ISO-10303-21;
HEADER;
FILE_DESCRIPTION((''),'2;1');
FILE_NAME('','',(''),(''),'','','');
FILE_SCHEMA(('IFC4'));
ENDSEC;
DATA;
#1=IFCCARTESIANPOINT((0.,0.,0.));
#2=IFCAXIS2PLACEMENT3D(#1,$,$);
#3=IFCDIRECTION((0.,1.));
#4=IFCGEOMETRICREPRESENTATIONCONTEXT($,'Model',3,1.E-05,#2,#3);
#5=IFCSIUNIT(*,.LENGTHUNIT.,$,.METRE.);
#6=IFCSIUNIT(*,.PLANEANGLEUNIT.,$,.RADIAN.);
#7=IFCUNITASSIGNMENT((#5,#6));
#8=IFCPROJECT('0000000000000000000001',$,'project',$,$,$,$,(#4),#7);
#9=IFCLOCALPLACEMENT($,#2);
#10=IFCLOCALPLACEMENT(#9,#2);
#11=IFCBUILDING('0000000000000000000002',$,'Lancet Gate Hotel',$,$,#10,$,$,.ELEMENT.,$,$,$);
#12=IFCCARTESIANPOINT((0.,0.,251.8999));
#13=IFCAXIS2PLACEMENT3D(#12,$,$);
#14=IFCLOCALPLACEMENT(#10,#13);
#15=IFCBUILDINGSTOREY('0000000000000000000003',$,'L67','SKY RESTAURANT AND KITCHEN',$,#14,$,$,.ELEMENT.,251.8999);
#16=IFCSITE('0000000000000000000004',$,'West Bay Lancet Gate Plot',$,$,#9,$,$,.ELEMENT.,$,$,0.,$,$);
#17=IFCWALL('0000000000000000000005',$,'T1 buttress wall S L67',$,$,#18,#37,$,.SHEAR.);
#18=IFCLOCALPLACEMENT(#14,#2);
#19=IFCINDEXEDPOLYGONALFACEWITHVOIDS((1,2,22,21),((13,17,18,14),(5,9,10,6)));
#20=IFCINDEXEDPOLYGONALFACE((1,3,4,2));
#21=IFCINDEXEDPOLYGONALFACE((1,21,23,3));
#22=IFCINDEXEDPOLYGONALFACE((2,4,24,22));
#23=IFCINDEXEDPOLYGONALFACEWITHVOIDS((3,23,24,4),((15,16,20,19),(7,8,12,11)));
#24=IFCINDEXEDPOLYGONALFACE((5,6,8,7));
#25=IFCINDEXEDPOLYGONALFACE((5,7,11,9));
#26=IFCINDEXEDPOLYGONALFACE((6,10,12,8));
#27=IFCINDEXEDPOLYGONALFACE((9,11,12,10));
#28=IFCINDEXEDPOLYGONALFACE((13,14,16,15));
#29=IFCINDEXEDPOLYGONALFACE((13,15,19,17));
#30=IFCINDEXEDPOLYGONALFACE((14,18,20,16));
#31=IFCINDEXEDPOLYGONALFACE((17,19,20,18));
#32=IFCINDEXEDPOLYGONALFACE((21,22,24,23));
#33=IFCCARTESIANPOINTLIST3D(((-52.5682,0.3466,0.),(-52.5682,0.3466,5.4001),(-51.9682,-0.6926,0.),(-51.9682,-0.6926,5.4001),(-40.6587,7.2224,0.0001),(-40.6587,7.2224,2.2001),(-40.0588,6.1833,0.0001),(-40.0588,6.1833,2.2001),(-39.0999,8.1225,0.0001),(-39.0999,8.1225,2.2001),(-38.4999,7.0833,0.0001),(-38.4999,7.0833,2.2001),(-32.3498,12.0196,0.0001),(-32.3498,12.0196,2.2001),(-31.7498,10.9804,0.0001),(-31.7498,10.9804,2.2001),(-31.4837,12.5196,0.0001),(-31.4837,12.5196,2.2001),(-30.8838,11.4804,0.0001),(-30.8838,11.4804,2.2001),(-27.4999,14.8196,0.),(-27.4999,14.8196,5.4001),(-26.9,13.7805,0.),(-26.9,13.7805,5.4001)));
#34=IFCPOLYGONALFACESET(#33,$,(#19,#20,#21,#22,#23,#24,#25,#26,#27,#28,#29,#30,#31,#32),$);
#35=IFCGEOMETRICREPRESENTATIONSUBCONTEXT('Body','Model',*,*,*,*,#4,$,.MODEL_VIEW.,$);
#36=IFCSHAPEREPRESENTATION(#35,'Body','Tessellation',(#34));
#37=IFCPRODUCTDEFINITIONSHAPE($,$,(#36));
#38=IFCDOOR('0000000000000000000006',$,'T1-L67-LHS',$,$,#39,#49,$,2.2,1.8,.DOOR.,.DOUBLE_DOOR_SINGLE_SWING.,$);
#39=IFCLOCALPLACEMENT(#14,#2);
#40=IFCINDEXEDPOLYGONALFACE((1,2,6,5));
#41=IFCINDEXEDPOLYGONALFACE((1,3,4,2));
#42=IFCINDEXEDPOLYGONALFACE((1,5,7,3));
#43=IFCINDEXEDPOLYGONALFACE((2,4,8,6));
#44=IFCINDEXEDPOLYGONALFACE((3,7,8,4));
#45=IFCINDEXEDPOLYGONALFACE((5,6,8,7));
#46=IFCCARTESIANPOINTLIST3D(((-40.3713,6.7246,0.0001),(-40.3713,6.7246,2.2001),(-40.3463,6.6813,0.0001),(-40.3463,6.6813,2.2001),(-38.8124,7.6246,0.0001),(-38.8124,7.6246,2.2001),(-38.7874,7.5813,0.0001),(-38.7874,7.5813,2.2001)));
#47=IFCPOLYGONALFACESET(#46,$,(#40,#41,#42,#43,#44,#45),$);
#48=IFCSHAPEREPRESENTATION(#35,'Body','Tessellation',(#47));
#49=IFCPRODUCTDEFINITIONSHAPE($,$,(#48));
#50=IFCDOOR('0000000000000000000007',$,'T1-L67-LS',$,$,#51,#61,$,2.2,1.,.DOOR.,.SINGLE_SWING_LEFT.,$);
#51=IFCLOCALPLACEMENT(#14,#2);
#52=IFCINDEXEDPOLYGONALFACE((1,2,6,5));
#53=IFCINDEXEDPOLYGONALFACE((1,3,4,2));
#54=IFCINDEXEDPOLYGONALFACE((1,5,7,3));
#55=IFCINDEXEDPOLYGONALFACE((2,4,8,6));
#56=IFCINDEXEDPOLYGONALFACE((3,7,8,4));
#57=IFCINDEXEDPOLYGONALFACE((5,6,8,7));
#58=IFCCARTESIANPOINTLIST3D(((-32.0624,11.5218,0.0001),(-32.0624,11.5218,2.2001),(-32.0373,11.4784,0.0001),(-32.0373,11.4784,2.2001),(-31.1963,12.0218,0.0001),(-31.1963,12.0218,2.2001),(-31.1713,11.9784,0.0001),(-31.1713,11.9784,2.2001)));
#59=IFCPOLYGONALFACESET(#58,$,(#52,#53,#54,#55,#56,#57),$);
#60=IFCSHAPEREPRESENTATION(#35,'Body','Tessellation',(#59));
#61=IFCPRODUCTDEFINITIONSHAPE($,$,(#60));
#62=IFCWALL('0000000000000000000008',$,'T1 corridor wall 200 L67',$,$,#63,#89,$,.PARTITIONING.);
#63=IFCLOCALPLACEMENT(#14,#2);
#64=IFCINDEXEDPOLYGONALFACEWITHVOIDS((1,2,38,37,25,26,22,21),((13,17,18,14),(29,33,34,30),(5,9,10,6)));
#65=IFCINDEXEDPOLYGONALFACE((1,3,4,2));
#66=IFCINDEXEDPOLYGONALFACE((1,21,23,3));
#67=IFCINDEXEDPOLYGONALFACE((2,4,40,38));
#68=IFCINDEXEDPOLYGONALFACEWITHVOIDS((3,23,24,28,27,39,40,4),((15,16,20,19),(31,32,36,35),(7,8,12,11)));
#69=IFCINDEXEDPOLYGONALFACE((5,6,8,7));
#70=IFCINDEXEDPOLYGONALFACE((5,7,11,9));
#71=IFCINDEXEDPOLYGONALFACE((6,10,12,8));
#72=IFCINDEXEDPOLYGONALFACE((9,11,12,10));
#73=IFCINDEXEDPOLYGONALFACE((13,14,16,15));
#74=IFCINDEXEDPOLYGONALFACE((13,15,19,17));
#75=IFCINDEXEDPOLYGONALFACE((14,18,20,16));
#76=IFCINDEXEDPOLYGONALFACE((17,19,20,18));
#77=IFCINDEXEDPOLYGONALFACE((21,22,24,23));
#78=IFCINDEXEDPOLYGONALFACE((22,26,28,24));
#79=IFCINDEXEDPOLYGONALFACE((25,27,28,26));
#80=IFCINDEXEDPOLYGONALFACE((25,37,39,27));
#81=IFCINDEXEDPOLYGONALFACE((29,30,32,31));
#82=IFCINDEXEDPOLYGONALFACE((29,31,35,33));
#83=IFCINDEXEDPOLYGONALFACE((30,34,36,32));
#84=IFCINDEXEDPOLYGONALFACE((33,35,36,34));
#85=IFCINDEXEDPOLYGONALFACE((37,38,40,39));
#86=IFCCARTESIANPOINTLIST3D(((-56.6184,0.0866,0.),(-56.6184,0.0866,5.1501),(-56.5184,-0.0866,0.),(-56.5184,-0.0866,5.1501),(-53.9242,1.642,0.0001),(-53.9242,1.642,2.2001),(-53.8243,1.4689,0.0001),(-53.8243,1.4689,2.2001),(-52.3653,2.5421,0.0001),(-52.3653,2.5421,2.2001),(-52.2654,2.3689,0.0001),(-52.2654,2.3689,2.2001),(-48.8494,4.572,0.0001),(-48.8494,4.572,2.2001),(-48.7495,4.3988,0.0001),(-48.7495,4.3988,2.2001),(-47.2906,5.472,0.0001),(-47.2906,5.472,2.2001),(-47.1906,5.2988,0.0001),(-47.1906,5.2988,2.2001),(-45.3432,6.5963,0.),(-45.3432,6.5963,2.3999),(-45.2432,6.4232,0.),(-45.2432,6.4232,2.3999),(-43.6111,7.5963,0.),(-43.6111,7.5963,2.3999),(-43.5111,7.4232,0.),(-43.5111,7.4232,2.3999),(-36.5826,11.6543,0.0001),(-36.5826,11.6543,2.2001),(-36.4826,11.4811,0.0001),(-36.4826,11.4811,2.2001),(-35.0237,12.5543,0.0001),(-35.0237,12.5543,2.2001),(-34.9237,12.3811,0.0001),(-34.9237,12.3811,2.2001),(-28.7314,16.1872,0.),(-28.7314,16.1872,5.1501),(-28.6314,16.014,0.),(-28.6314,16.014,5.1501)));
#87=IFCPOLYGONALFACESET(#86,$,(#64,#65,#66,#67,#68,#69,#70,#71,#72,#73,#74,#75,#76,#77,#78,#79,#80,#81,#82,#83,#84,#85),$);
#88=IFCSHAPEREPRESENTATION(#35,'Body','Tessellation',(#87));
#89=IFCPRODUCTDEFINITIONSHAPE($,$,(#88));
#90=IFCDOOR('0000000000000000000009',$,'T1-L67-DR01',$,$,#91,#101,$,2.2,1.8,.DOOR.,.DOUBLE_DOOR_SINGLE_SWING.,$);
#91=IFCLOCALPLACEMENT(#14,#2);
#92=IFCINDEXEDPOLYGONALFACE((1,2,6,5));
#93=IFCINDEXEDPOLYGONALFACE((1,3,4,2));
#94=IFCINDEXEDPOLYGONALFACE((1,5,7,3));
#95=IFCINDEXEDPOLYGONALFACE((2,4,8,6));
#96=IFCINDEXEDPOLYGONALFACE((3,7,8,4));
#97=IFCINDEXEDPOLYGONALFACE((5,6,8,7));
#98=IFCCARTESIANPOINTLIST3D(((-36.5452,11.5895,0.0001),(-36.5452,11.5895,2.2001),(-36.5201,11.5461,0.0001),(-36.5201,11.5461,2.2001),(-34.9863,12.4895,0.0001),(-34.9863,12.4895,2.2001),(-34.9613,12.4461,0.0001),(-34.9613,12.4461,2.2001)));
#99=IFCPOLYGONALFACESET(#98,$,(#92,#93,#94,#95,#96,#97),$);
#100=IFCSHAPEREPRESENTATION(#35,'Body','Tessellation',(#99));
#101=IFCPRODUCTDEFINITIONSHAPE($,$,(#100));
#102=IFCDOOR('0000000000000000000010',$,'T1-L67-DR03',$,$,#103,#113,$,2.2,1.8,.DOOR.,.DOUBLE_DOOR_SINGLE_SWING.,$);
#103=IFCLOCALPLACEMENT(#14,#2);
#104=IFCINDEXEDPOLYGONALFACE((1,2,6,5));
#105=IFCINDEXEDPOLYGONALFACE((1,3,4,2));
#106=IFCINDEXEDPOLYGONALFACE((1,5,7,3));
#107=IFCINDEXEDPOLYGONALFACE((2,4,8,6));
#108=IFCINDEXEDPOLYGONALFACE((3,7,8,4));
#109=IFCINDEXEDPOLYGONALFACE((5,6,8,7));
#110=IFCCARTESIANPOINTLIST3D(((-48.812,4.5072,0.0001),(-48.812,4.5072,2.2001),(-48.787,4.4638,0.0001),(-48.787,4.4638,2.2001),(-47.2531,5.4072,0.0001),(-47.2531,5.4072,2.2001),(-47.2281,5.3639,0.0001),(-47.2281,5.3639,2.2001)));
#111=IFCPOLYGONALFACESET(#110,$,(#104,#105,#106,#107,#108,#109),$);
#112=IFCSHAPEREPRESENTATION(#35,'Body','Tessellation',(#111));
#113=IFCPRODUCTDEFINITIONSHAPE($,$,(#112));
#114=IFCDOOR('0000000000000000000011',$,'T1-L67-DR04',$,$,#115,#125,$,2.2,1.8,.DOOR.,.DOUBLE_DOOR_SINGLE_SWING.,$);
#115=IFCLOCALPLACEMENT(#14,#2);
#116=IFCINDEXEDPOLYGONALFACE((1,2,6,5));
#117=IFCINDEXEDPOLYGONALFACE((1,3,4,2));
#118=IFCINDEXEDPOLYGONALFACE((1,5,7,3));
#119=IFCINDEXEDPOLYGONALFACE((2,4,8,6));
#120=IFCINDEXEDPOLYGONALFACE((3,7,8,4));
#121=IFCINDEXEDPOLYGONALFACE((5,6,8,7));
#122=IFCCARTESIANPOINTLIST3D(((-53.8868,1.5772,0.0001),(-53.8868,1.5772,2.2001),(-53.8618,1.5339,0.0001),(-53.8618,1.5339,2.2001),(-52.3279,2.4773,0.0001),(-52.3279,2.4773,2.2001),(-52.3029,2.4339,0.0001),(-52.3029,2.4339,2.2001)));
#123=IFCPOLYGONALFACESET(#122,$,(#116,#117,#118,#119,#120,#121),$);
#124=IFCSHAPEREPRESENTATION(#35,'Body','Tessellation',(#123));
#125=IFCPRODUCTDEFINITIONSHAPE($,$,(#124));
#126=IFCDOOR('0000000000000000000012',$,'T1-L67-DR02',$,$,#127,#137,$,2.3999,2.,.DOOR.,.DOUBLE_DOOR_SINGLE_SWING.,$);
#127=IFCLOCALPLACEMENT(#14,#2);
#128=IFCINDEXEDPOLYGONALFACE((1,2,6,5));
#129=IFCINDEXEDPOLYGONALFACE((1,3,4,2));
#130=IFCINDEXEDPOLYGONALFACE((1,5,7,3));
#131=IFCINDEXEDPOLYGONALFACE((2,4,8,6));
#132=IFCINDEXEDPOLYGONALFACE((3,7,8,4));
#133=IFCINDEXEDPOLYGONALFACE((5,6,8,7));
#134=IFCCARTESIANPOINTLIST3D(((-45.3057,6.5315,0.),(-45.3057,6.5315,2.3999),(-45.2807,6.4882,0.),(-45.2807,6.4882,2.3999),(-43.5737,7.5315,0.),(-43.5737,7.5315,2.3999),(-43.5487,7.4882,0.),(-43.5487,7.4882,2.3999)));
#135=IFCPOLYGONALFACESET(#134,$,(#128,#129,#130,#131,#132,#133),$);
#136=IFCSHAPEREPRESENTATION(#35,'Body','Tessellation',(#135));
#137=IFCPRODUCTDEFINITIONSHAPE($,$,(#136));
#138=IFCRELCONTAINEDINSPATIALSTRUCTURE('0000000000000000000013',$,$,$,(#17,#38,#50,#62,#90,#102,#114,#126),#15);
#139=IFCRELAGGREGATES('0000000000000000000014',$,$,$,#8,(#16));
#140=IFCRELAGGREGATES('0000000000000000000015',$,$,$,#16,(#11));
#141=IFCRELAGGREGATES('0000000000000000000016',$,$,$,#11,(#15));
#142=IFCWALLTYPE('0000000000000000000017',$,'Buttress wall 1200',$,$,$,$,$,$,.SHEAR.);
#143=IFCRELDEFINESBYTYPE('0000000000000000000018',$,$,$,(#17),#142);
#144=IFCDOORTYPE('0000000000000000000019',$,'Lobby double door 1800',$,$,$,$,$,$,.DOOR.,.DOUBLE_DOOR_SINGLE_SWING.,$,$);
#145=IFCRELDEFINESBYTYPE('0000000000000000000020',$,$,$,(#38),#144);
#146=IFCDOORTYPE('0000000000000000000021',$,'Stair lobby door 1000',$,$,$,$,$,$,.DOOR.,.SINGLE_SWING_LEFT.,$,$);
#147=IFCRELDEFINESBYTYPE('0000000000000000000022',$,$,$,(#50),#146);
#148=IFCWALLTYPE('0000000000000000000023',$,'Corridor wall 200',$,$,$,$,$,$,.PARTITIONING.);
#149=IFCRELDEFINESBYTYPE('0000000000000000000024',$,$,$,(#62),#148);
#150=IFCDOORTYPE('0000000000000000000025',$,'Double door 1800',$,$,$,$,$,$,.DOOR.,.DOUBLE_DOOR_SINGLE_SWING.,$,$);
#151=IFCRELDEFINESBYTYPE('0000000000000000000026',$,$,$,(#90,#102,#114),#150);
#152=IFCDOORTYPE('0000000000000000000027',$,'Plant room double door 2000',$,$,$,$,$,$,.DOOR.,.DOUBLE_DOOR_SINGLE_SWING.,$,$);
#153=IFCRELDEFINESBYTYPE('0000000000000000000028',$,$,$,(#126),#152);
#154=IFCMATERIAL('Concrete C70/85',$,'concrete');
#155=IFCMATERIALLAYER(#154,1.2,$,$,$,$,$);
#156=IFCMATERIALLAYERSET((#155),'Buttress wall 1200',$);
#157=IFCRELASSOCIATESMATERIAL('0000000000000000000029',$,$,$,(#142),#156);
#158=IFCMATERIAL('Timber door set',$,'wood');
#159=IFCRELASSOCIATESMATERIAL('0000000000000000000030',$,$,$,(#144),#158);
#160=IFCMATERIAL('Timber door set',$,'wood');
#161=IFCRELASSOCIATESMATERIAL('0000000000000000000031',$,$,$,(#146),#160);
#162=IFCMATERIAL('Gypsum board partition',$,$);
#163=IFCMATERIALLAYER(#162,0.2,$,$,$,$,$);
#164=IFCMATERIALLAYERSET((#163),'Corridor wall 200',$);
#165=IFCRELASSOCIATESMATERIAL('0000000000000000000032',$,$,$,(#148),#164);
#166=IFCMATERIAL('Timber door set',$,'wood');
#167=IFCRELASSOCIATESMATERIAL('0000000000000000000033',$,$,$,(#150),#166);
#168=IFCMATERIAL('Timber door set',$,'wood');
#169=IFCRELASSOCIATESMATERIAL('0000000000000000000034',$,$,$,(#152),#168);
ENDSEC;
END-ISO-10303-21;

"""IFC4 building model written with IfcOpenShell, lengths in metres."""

from ifc_helpers import new_model, si_unit, direction, frame, frame_2d, origin, place, context, subcontext, project, spatial, rectangle, extrude, material, layer, layer_set, type_object, element, fill, save


model = new_model("IFC4")

# Units and contexts
model_context = context("Model", 3, precision=1e-05, world=origin(), true_north=direction((0.0, 1.0)))
body_context = subcontext(model_context, "Body", "Model", "MODEL_VIEW")
ifc_project = project(units=[si_unit("LENGTHUNIT", "METRE"), si_unit("PLANEANGLEUNIT", "RADIAN")], contexts=[model_context])

# Site, building, storey
site_placement = place(None, origin())
site = spatial("IfcSite", under=ifc_project, at=site_placement, Name="West Bay Lancet Gate Plot", CompositionType="ELEMENT", RefElevation=0.0)
building_placement = place(site_placement, origin())
building = spatial("IfcBuilding", under=site, at=building_placement, Name="Lancet Gate Hotel", CompositionType="ELEMENT")
storey_placement = place(building_placement, frame((0.0, 0.0, 251.8999)))
storey = spatial("IfcBuildingStorey", under=building, at=storey_placement, Name="L67", Description="SKY RESTAURANT AND KITCHEN", CompositionType="ELEMENT", Elevation=251.8999)

# Walls, openings, doors
ifc_material_1 = material(Name="Concrete C70/85", Category="concrete")
ifc_layer_1 = layer(ifc_material_1, 1.2)
ifc_layer_set_1 = layer_set([ifc_layer_1], Name="Buttress wall 1200")
wall_type_1 = type_object("IfcWallType", Name="Buttress wall 1200", PredefinedType="SHEAR", material=ifc_layer_set_1)
wall_1_placement = place(storey_placement, frame((-27.2, 14.3, 0.0), z_axis=(0.0, 0.0, 1.0), x_axis=(-0.866027, -0.499998, 0.0)))
wall_1 = element("IfcWall", 1, at=wall_1_placement, inside=storey, type_object=wall_type_1, Name="T1 buttress wall S L67", PredefinedType="SHEAR", context=body_context, shape_type="SweptSolid", body=[
    extrude(rectangle(XDim=28.9463, YDim=1.2, at=frame_2d((14.4731, 0.0))), origin(), (0.0, 0.0, 1.0), 5.4001),
])
opening_1_placement = place(wall_1_placement, frame((4.6001, 0.0, 0.0)))
opening_1 = element("IfcOpeningElement", 2, at=opening_1_placement, cuts=wall_1, PredefinedType="OPENING", context=body_context, shape_type="SweptSolid", body=[
    extrude(rectangle(XDim=1.0, YDim=2.2, at=frame_2d((0.5, 1.1001))), frame((0.0, 0.6099, 0.0), z_axis=(0.0, -1.0, 0.0), x_axis=(1.0, 0.0, 0.0)), (0.0, 0.0, 1.0), 1.22),
])
opening_2_placement = place(wall_1_placement, frame((13.3945, 0.0, 0.0)))
opening_2 = element("IfcOpeningElement", 3, at=opening_2_placement, cuts=wall_1, PredefinedType="OPENING", context=body_context, shape_type="SweptSolid", body=[
    extrude(rectangle(XDim=1.8, YDim=2.2, at=frame_2d((0.8999, 1.1001))), frame((0.0, 0.6099, 0.0), z_axis=(0.0, -1.0, 0.0), x_axis=(1.0, 0.0, 0.0)), (0.0, 0.0, 1.0), 1.22),
])
ifc_material_2 = material(Name="Timber door set", Category="wood")
door_type_1 = type_object("IfcDoorType", Name="Lobby double door 1800", OperationType="DOUBLE_DOOR_SINGLE_SWING", PredefinedType="DOOR", material=ifc_material_2)
door_1_placement = place(opening_2_placement, origin())
door_1 = element("IfcDoor", 4, at=door_1_placement, inside=storey, type_object=door_type_1, Name="T1-L67-LHS", OperationType="DOUBLE_DOOR_SINGLE_SWING", OverallHeight=2.2, OverallWidth=1.8, PredefinedType="DOOR", context=body_context, shape_type="SweptSolid", body=[
    extrude(rectangle(XDim=1.8, YDim=2.2, at=frame_2d((0.8999, 1.1001))), frame((0.0, 0.0249, 0.0), z_axis=(0.0, -1.0, 0.0), x_axis=(1.0, 0.0, 0.0)), (0.0, 0.0, 1.0), 0.05),
])
fill(opening_2, door_1)
ifc_material_3 = material(Name="Timber door set", Category="wood")
door_type_2 = type_object("IfcDoorType", Name="Stair lobby door 1000", OperationType="SINGLE_SWING_LEFT", PredefinedType="DOOR", material=ifc_material_3)
door_2_placement = place(opening_1_placement, origin())
door_2 = element("IfcDoor", 5, at=door_2_placement, inside=storey, type_object=door_type_2, Name="T1-L67-LS", OperationType="SINGLE_SWING_LEFT", OverallHeight=2.2, OverallWidth=1.0, PredefinedType="DOOR", context=body_context, shape_type="SweptSolid", body=[
    extrude(rectangle(XDim=1.0, YDim=2.2, at=frame_2d((0.5, 1.1001))), frame((0.0, 0.0249, 0.0), z_axis=(0.0, -1.0, 0.0), x_axis=(1.0, 0.0, 0.0)), (0.0, 0.0, 1.0), 0.05),
])
fill(opening_1, door_2)
ifc_material_4 = material(Name="Gypsum board partition")
ifc_layer_2 = layer(ifc_material_4, 0.2)
ifc_layer_set_2 = layer_set([ifc_layer_2], Name="Corridor wall 200")
wall_type_2 = type_object("IfcWallType", Name="Corridor wall 200", PredefinedType="PARTITIONING", material=ifc_layer_set_2)
wall_2_placement = place(storey_placement, frame((-28.6814, 16.1006, 0.0), z_axis=(0.0, 0.0, 1.0), x_axis=(-0.866025, -0.500001, 0.0)))
wall_2 = element("IfcWall", 6, at=wall_2_placement, inside=storey, type_object=wall_type_2, Name="T1 corridor wall 200 L67", PredefinedType="PARTITIONING", context=body_context, shape_type="SweptSolid", body=[
    extrude(rectangle(XDim=32.2012, YDim=0.2, at=frame_2d((16.1006, 0.0))), origin(), (0.0, 0.0, 1.0), 5.1501),
])
opening_3_placement = place(wall_2_placement, frame((7.2659, 0.0, 0.0)))
opening_3 = element("IfcOpeningElement", 7, at=opening_3_placement, cuts=wall_2, PredefinedType="OPENING", context=body_context, shape_type="SweptSolid", body=[
    extrude(rectangle(XDim=1.8, YDim=2.2, at=frame_2d((0.8999, 1.1001))), frame((0.0, 0.1099, 0.0), z_axis=(0.0, -1.0, 0.0), x_axis=(1.0, 0.0, 0.0)), (0.0, 0.0, 1.0), 0.22),
])
opening_4_placement = place(wall_2_placement, frame((17.1816, 0.0, 0.0)))
opening_4 = element("IfcOpeningElement", 8, at=opening_4_placement, cuts=wall_2, PredefinedType="OPENING", context=body_context, shape_type="SweptSolid", body=[
    extrude(rectangle(XDim=2.0, YDim=2.3999, at=frame_2d((1.0, 1.2))), frame((0.0, 0.1099, 0.0), z_axis=(0.0, -1.0, 0.0), x_axis=(1.0, 0.0, 0.0)), (0.0, 0.0, 1.0), 0.22),
])
opening_5_placement = place(wall_2_placement, frame((21.4304, 0.0, 0.0)))
opening_5 = element("IfcOpeningElement", 9, at=opening_5_placement, cuts=wall_2, PredefinedType="OPENING", context=body_context, shape_type="SweptSolid", body=[
    extrude(rectangle(XDim=1.8, YDim=2.2, at=frame_2d((0.8999, 1.1001))), frame((0.0, 0.1099, 0.0), z_axis=(0.0, -1.0, 0.0), x_axis=(1.0, 0.0, 0.0)), (0.0, 0.0, 1.0), 0.22),
])
opening_6_placement = place(wall_2_placement, frame((27.2903, 0.0, 0.0)))
opening_6 = element("IfcOpeningElement", 10, at=opening_6_placement, cuts=wall_2, PredefinedType="OPENING", context=body_context, shape_type="SweptSolid", body=[
    extrude(rectangle(XDim=1.8, YDim=2.2, at=frame_2d((0.8999, 1.1001))), frame((0.0, 0.1099, 0.0), z_axis=(0.0, -1.0, 0.0), x_axis=(1.0, 0.0, 0.0)), (0.0, 0.0, 1.0), 0.22),
])
ifc_material_5 = material(Name="Timber door set", Category="wood")
door_type_3 = type_object("IfcDoorType", Name="Double door 1800", OperationType="DOUBLE_DOOR_SINGLE_SWING", PredefinedType="DOOR", material=ifc_material_5)
door_3_placement = place(opening_3_placement, origin())
door_3 = element("IfcDoor", 11, at=door_3_placement, inside=storey, type_object=door_type_3, Name="T1-L67-DR01", OperationType="DOUBLE_DOOR_SINGLE_SWING", OverallHeight=2.2, OverallWidth=1.8, PredefinedType="DOOR", context=body_context, shape_type="SweptSolid", body=[
    extrude(rectangle(XDim=1.8, YDim=2.2, at=frame_2d((0.8999, 1.1001))), frame((0.0, 0.0249, 0.0), z_axis=(0.0, -1.0, 0.0), x_axis=(1.0, 0.0, 0.0)), (0.0, 0.0, 1.0), 0.05),
])
fill(opening_3, door_3)
door_4_placement = place(opening_5_placement, origin())
door_4 = element("IfcDoor", 12, at=door_4_placement, inside=storey, type_object=door_type_3, Name="T1-L67-DR03", OperationType="DOUBLE_DOOR_SINGLE_SWING", OverallHeight=2.2, OverallWidth=1.8, PredefinedType="DOOR", context=body_context, shape_type="SweptSolid", body=[
    extrude(rectangle(XDim=1.8, YDim=2.2, at=frame_2d((0.8999, 1.1001))), frame((0.0, 0.0249, 0.0), z_axis=(0.0, -1.0, 0.0), x_axis=(1.0, 0.0, 0.0)), (0.0, 0.0, 1.0), 0.05),
])
fill(opening_5, door_4)
door_5_placement = place(opening_6_placement, origin())
door_5 = element("IfcDoor", 13, at=door_5_placement, inside=storey, type_object=door_type_3, Name="T1-L67-DR04", OperationType="DOUBLE_DOOR_SINGLE_SWING", OverallHeight=2.2, OverallWidth=1.8, PredefinedType="DOOR", context=body_context, shape_type="SweptSolid", body=[
    extrude(rectangle(XDim=1.8, YDim=2.2, at=frame_2d((0.8999, 1.1001))), frame((0.0, 0.0249, 0.0), z_axis=(0.0, -1.0, 0.0), x_axis=(1.0, 0.0, 0.0)), (0.0, 0.0, 1.0), 0.05),
])
fill(opening_6, door_5)
ifc_material_6 = material(Name="Timber door set", Category="wood")
door_type_4 = type_object("IfcDoorType", Name="Plant room double door 2000", OperationType="DOUBLE_DOOR_SINGLE_SWING", PredefinedType="DOOR", material=ifc_material_6)
door_6_placement = place(opening_4_placement, origin())
door_6 = element("IfcDoor", 14, at=door_6_placement, inside=storey, type_object=door_type_4, Name="T1-L67-DR02", OperationType="DOUBLE_DOOR_SINGLE_SWING", OverallHeight=2.3999, OverallWidth=2.0, PredefinedType="DOOR", context=body_context, shape_type="SweptSolid", body=[
    extrude(rectangle(XDim=2.0, YDim=2.3999, at=frame_2d((1.0, 1.2))), frame((0.0, 0.0249, 0.0), z_axis=(0.0, -1.0, 0.0), x_axis=(1.0, 0.0, 0.0)), (0.0, 0.0, 1.0), 0.05),
])
fill(opening_4, door_6)

save(model, "model.ifc")
